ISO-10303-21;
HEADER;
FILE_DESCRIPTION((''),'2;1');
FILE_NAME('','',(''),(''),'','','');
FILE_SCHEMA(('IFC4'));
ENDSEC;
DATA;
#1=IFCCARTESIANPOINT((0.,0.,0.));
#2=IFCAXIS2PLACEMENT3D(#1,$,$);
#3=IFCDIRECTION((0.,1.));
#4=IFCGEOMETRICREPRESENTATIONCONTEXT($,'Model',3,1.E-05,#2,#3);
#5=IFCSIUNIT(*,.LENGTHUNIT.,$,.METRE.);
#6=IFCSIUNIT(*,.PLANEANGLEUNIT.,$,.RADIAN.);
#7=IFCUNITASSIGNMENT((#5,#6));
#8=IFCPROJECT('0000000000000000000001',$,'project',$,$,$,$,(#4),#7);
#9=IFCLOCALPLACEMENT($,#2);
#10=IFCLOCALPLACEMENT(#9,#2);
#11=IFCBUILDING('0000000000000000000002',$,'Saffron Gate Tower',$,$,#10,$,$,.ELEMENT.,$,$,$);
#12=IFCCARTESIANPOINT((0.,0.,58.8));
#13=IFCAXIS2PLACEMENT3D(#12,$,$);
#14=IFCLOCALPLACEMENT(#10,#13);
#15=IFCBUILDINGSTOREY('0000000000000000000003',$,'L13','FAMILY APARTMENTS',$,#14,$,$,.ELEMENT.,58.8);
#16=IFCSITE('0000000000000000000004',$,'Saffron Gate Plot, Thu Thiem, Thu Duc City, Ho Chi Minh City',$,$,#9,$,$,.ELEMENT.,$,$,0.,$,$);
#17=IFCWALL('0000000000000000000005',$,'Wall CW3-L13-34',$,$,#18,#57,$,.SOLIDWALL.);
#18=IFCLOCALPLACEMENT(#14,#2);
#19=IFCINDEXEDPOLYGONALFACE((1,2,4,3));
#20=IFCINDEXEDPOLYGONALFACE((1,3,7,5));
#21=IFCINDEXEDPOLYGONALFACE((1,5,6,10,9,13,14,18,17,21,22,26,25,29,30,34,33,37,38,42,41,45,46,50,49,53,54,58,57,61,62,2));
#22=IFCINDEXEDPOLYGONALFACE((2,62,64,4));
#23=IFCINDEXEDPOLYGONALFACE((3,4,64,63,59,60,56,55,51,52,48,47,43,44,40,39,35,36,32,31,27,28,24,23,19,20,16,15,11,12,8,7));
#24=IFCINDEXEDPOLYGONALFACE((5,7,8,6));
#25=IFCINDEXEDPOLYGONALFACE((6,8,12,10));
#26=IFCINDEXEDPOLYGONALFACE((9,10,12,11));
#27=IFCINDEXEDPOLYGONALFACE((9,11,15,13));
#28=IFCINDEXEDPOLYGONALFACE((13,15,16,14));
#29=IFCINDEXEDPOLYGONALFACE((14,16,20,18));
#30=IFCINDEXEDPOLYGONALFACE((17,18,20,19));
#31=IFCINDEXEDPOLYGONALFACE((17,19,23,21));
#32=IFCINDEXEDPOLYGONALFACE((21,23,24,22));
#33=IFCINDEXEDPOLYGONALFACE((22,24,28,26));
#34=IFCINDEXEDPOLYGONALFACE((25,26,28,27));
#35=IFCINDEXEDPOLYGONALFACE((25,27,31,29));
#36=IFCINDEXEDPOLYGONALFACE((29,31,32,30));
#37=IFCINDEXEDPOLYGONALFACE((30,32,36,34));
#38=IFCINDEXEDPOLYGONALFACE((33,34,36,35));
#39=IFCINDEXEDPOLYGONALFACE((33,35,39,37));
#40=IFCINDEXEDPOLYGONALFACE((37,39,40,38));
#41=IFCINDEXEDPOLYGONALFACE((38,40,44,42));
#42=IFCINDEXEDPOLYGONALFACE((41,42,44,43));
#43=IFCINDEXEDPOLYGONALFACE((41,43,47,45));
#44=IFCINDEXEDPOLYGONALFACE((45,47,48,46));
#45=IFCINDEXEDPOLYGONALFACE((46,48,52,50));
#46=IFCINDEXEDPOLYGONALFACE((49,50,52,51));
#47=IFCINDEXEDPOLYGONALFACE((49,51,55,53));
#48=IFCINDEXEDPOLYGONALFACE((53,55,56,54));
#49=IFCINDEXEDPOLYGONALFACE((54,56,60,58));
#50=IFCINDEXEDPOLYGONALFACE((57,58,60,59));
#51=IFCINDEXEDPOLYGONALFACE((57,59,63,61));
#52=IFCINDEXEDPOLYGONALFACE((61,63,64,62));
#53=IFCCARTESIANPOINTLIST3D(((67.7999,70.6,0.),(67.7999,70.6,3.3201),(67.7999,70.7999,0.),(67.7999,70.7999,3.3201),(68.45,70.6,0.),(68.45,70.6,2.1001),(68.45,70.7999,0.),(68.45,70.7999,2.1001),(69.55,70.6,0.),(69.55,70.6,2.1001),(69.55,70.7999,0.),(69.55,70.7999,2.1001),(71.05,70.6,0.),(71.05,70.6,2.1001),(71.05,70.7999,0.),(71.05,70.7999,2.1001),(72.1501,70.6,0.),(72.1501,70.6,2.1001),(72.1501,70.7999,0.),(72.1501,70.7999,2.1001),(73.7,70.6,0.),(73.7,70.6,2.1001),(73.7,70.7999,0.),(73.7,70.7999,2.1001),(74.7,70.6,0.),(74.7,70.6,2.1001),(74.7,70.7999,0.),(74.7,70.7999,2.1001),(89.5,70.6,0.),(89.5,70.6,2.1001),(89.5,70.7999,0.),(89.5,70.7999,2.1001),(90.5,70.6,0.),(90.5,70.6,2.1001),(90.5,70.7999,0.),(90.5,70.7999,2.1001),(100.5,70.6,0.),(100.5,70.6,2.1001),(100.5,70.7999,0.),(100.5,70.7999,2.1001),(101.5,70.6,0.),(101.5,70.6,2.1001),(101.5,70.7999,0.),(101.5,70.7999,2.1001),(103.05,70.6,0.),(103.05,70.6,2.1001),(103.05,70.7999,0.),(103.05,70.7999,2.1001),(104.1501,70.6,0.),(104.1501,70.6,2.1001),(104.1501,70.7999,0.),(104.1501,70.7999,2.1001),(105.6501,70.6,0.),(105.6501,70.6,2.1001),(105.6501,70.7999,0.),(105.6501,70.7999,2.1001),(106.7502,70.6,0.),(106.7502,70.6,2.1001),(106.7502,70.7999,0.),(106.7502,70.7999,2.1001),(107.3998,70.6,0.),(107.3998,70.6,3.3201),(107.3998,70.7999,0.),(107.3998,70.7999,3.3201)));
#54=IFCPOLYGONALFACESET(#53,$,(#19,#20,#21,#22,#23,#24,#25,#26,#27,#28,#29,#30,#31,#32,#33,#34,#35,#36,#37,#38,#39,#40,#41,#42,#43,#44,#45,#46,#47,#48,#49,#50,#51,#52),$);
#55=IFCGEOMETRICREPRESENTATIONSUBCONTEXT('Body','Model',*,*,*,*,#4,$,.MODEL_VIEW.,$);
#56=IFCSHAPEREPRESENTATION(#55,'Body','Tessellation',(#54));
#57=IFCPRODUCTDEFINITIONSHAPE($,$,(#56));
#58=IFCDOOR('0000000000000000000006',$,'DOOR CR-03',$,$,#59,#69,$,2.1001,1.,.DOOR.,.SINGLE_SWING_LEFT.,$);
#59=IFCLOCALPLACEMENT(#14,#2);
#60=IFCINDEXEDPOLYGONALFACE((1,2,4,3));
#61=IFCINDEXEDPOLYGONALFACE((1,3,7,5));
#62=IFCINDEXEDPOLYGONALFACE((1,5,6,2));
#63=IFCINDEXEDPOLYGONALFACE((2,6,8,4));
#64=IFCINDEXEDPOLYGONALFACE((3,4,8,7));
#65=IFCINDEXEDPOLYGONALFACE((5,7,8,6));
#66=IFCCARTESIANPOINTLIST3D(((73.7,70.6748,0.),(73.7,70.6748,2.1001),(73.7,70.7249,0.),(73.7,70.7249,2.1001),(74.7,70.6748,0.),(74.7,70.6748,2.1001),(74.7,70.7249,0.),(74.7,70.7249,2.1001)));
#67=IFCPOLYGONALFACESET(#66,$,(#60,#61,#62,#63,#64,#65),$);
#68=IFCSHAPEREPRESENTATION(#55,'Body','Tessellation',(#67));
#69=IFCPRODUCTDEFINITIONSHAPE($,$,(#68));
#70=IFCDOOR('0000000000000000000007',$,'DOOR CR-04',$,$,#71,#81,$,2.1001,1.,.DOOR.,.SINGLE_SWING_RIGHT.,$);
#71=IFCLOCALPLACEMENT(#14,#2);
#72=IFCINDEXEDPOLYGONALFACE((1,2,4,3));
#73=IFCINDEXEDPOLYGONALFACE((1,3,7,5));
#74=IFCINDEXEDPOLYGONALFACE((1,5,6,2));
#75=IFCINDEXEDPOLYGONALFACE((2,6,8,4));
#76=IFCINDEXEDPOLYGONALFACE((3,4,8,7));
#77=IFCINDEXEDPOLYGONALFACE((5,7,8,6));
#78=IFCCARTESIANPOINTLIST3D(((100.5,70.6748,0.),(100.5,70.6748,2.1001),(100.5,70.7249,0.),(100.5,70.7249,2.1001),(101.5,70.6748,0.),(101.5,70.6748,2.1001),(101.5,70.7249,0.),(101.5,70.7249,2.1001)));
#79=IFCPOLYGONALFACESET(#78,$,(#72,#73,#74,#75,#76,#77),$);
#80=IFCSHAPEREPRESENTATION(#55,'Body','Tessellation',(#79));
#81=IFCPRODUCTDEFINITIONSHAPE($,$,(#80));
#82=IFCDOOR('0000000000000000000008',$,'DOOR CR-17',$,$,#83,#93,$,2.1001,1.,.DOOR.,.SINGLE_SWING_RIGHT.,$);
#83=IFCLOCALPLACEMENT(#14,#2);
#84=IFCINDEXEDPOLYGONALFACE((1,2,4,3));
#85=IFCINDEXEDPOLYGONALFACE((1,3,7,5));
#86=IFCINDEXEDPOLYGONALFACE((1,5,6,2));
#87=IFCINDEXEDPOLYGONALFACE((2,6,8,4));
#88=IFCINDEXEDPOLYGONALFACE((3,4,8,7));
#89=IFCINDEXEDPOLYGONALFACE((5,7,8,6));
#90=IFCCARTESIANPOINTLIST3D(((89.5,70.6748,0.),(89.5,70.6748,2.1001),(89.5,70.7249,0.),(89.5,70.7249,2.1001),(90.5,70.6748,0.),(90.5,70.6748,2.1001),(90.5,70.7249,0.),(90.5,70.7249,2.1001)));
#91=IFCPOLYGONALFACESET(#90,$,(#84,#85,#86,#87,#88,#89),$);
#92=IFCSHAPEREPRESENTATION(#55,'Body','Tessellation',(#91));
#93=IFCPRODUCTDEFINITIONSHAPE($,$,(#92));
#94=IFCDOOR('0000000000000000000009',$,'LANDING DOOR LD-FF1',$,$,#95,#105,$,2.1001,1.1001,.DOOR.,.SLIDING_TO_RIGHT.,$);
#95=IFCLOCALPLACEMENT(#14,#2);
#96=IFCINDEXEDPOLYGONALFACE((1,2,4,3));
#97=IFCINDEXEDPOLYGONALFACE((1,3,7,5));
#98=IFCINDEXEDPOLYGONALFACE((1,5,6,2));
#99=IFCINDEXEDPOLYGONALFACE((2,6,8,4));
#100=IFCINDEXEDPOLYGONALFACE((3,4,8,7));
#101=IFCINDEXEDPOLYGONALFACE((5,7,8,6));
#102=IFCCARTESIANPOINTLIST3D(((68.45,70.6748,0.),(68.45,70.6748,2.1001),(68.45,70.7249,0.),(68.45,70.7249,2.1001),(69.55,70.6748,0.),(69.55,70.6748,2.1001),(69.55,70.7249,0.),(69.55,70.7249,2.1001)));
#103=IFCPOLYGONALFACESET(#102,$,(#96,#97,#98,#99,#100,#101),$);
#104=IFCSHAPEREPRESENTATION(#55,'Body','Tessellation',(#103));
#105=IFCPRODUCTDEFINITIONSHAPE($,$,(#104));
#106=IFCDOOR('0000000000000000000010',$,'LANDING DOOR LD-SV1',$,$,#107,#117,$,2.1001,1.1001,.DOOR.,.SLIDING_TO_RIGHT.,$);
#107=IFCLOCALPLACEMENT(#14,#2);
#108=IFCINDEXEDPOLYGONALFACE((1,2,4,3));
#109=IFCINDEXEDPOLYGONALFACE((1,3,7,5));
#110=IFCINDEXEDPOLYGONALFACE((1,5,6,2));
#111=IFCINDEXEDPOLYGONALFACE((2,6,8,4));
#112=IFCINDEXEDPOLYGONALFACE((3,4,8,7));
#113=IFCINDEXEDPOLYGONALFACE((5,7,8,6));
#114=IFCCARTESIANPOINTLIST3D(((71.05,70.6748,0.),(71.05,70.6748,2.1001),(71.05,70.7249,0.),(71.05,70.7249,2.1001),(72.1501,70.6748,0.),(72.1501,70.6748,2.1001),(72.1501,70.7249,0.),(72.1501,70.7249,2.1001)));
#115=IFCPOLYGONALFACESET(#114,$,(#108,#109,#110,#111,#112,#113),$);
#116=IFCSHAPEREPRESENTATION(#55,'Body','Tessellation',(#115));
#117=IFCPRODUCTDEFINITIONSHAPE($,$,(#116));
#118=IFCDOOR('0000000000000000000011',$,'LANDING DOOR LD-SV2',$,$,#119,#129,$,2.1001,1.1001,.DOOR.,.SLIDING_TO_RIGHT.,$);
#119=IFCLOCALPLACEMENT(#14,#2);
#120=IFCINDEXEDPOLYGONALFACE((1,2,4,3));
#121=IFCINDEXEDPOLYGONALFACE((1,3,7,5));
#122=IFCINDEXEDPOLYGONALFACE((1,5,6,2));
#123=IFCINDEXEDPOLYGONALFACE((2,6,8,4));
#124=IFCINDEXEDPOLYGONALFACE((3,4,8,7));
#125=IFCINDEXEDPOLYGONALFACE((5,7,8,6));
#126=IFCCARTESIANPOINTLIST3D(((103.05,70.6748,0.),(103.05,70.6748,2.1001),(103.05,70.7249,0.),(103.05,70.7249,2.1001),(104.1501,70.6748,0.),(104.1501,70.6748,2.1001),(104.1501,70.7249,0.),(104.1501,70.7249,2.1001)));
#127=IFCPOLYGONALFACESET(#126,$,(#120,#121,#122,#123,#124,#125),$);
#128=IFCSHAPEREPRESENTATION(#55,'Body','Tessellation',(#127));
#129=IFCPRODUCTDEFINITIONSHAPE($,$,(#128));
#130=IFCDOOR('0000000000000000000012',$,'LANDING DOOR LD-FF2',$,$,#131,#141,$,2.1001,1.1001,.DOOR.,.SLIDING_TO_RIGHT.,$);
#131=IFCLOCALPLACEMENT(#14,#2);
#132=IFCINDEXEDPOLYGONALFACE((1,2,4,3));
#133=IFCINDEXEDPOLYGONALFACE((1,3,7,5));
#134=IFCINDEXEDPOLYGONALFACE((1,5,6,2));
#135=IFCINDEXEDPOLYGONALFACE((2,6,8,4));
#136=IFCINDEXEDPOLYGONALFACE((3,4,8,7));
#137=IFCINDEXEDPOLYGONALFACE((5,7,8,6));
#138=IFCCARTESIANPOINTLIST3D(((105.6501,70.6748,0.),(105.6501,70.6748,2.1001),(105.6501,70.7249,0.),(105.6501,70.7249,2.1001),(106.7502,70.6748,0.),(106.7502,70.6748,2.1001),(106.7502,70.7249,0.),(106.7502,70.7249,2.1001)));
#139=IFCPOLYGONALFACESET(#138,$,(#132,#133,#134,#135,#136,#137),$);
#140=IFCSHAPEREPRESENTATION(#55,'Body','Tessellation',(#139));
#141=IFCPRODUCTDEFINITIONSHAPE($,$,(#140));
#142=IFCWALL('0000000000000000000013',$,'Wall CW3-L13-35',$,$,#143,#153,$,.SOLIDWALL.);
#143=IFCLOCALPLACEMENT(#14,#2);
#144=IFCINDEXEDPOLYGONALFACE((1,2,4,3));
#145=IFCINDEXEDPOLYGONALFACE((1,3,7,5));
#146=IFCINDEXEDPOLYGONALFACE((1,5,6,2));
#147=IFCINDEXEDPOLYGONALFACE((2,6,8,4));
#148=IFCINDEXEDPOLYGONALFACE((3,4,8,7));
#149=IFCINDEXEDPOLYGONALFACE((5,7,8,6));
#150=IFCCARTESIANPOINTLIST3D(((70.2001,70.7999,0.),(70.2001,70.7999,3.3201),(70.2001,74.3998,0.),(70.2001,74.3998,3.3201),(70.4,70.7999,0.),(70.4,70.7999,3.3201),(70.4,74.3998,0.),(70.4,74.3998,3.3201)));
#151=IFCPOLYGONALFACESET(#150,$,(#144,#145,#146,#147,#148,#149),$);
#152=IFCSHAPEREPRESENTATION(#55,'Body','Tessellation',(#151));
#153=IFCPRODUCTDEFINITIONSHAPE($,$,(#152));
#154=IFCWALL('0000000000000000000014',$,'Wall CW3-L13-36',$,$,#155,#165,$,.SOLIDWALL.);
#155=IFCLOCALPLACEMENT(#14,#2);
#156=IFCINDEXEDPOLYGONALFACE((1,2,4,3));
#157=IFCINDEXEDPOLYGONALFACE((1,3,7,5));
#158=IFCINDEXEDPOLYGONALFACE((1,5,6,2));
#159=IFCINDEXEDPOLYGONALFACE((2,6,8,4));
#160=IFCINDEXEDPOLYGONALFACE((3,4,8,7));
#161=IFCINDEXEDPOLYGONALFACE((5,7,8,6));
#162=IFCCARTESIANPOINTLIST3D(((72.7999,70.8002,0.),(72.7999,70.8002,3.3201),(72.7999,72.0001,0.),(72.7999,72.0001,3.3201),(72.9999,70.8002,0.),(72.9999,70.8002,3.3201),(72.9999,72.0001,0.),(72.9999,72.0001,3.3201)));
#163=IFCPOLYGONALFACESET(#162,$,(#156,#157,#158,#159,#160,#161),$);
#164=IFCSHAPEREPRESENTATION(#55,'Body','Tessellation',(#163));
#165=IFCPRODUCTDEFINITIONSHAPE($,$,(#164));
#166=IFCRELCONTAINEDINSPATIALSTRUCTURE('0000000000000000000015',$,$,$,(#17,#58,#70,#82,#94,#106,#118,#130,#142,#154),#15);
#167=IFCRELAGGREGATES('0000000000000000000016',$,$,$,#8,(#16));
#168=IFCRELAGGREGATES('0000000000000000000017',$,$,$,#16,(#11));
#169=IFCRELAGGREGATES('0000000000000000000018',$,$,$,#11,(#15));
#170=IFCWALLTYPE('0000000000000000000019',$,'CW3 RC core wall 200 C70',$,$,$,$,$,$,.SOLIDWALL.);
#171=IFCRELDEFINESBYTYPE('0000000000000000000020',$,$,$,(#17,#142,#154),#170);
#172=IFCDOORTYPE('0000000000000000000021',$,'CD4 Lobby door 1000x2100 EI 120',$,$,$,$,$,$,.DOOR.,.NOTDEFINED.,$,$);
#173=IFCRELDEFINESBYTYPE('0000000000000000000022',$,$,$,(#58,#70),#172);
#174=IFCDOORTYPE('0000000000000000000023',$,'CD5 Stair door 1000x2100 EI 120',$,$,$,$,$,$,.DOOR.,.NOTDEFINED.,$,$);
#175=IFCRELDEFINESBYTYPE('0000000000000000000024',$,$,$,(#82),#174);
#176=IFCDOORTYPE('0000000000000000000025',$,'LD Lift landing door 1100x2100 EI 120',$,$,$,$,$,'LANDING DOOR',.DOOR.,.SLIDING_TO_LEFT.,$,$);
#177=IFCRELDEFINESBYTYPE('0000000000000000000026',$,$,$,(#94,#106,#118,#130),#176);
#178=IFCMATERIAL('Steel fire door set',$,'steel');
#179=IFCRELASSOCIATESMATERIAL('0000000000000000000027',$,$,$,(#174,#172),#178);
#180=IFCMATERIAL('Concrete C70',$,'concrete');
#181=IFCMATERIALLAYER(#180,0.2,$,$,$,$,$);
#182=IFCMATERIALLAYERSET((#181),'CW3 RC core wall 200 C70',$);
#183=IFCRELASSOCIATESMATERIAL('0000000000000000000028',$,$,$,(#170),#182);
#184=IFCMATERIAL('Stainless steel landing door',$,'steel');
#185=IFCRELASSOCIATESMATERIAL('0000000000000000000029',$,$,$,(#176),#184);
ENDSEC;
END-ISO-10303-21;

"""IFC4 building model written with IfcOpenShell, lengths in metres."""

from ifc_helpers import new_model, si_unit, direction, frame, frame_2d, origin, place, context, subcontext, project, spatial, rectangle, extrude, material, layer, layer_set, type_object, element, fill, save


model = new_model("IFC4")

# Units and contexts
model_context = context("Model", 3, precision=1e-05, world=origin(), true_north=direction((0.0, 1.0)))
body_context = subcontext(model_context, "Body", "Model", "MODEL_VIEW")
ifc_project = project(units=[si_unit("LENGTHUNIT", "METRE"), si_unit("PLANEANGLEUNIT", "RADIAN")], contexts=[model_context])

# Site, building, storey
site_placement = place(None, origin())
site = spatial("IfcSite", under=ifc_project, at=site_placement, Name="Saffron Gate Plot, Thu Thiem, Thu Duc City, Ho Chi Minh City", CompositionType="ELEMENT", RefElevation=0.0)
building_placement = place(site_placement, origin())
building = spatial("IfcBuilding", under=site, at=building_placement, Name="Saffron Gate Tower", CompositionType="ELEMENT")
storey_placement = place(building_placement, frame((0.0, 0.0, 58.8)))
storey = spatial("IfcBuildingStorey", under=building, at=storey_placement, Name="L13", Description="FAMILY APARTMENTS", CompositionType="ELEMENT", Elevation=58.8)

# Wall, openings, doors
ifc_material_1 = material(Name="Concrete C70", Category="concrete")
ifc_material_2 = material(Name="Steel fire door set", Category="steel")
door_type_1 = type_object("IfcDoorType", Name="CD5 Stair door 1000x2100 EI 120", OperationType="NOTDEFINED", PredefinedType="DOOR", material=ifc_material_2)
ifc_layer_1 = layer(ifc_material_1, 0.2)
ifc_layer_set_1 = layer_set([ifc_layer_1], Name="CW3 RC core wall 200 C70")
wall_type_1 = type_object("IfcWallType", Name="CW3 RC core wall 200 C70", PredefinedType="SOLIDWALL", material=ifc_layer_set_1)
wall_1_placement = place(storey_placement, frame((67.8, 70.7, 0.0), z_axis=(0.0, 0.0, 1.0), x_axis=(1.0, 0.0, 0.0)))
wall_1 = element("IfcWall", 1, at=wall_1_placement, inside=storey, type_object=wall_type_1, Name="Wall CW3-L13-34", PredefinedType="SOLIDWALL", context=body_context, shape_type="SweptSolid", body=[
    extrude(rectangle(XDim=39.5999, YDim=0.2, at=frame_2d((19.7998, 0.0))), origin(), (0.0, 0.0, 1.0), 3.3201),
])
opening_1_placement = place(wall_1_placement, frame((0.6499, 0.0, 0.0)))
opening_1 = element("IfcOpeningElement", 2, at=opening_1_placement, cuts=wall_1, PredefinedType="OPENING", context=body_context, shape_type="SweptSolid", body=[
    extrude(rectangle(XDim=1.1001, YDim=2.1001, at=frame_2d((0.55, 1.05))), frame((0.0, 0.1099, 0.0), z_axis=(0.0, -1.0, 0.0), x_axis=(1.0, 0.0, 0.0)), (0.0, 0.0, 1.0), 0.22),
])
opening_2_placement = place(wall_1_placement, frame((3.25, 0.0, 0.0)))
opening_2 = element("IfcOpeningElement", 3, at=opening_2_placement, cuts=wall_1, PredefinedType="OPENING", context=body_context, shape_type="SweptSolid", body=[
    extrude(rectangle(XDim=1.1001, YDim=2.1001, at=frame_2d((0.55, 1.05))), frame((0.0, 0.1099, 0.0), z_axis=(0.0, -1.0, 0.0), x_axis=(1.0, 0.0, 0.0)), (0.0, 0.0, 1.0), 0.22),
])
opening_3_placement = place(wall_1_placement, frame((5.8999, 0.0, 0.0)))
opening_3 = element("IfcOpeningElement", 4, at=opening_3_placement, cuts=wall_1, PredefinedType="OPENING", context=body_context, shape_type="SweptSolid", body=[
    extrude(rectangle(XDim=1.0, YDim=2.1001, at=frame_2d((0.5, 1.05))), frame((0.0, 0.1099, 0.0), z_axis=(0.0, -1.0, 0.0), x_axis=(1.0, 0.0, 0.0)), (0.0, 0.0, 1.0), 0.22),
])
opening_4_placement = place(wall_1_placement, frame((21.7, 0.0, 0.0)))
opening_4 = element("IfcOpeningElement", 5, at=opening_4_placement, cuts=wall_1, PredefinedType="OPENING", context=body_context, shape_type="SweptSolid", body=[
    extrude(rectangle(XDim=1.0, YDim=2.1001, at=frame_2d((0.5, 1.05))), frame((0.0, 0.1099, 0.0), z_axis=(0.0, -1.0, 0.0), x_axis=(1.0, 0.0, 0.0)), (0.0, 0.0, 1.0), 0.22),
])
opening_5_placement = place(wall_1_placement, frame((32.7, 0.0, 0.0)))
opening_5 = element("IfcOpeningElement", 6, at=opening_5_placement, cuts=wall_1, PredefinedType="OPENING", context=body_context, shape_type="SweptSolid", body=[
    extrude(rectangle(XDim=1.0, YDim=2.1001, at=frame_2d((0.5, 1.05))), frame((0.0, 0.1099, 0.0), z_axis=(0.0, -1.0, 0.0), x_axis=(1.0, 0.0, 0.0)), (0.0, 0.0, 1.0), 0.22),
])
opening_6_placement = place(wall_1_placement, frame((35.25, 0.0, 0.0)))
opening_6 = element("IfcOpeningElement", 7, at=opening_6_placement, cuts=wall_1, PredefinedType="OPENING", context=body_context, shape_type="SweptSolid", body=[
    extrude(rectangle(XDim=1.1001, YDim=2.1001, at=frame_2d((0.55, 1.05))), frame((0.0, 0.1099, 0.0), z_axis=(0.0, -1.0, 0.0), x_axis=(1.0, 0.0, 0.0)), (0.0, 0.0, 1.0), 0.22),
])
opening_7_placement = place(wall_1_placement, frame((37.8501, 0.0, 0.0)))
opening_7 = element("IfcOpeningElement", 8, at=opening_7_placement, cuts=wall_1, PredefinedType="OPENING", context=body_context, shape_type="SweptSolid", body=[
    extrude(rectangle(XDim=1.1001, YDim=2.1001, at=frame_2d((0.55, 1.05))), frame((0.0, 0.1099, 0.0), z_axis=(0.0, -1.0, 0.0), x_axis=(1.0, 0.0, 0.0)), (0.0, 0.0, 1.0), 0.22),
])
door_type_2 = type_object("IfcDoorType", Name="CD4 Lobby door 1000x2100 EI 120", OperationType="NOTDEFINED", PredefinedType="DOOR", material=ifc_material_2)
door_1_placement = place(opening_3_placement, origin())
door_1 = element("IfcDoor", 9, at=door_1_placement, inside=storey, type_object=door_type_2, Name="DOOR CR-03", OperationType="SINGLE_SWING_LEFT", OverallHeight=2.1001, OverallWidth=1.0, PredefinedType="DOOR", context=body_context, shape_type="SweptSolid", body=[
    extrude(rectangle(XDim=1.0, YDim=2.1001, at=frame_2d((0.5, 1.05))), frame((0.0, 0.0249, 0.0), z_axis=(0.0, -1.0, 0.0), x_axis=(1.0, 0.0, 0.0)), (0.0, 0.0, 1.0), 0.05),
])
fill(opening_3, door_1)
door_2_placement = place(opening_5_placement, origin())
door_2 = element("IfcDoor", 10, at=door_2_placement, inside=storey, type_object=door_type_2, Name="DOOR CR-04", OperationType="SINGLE_SWING_RIGHT", OverallHeight=2.1001, OverallWidth=1.0, PredefinedType="DOOR", context=body_context, shape_type="SweptSolid", body=[
    extrude(rectangle(XDim=1.0, YDim=2.1001, at=frame_2d((0.5, 1.05))), frame((0.0, 0.0249, 0.0), z_axis=(0.0, -1.0, 0.0), x_axis=(1.0, 0.0, 0.0)), (0.0, 0.0, 1.0), 0.05),
])
fill(opening_5, door_2)
door_3_placement = place(opening_4_placement, origin())
door_3 = element("IfcDoor", 11, at=door_3_placement, inside=storey, type_object=door_type_1, Name="DOOR CR-17", OperationType="SINGLE_SWING_RIGHT", OverallHeight=2.1001, OverallWidth=1.0, PredefinedType="DOOR", context=body_context, shape_type="SweptSolid", body=[
    extrude(rectangle(XDim=1.0, YDim=2.1001, at=frame_2d((0.5, 1.05))), frame((0.0, 0.0249, 0.0), z_axis=(0.0, -1.0, 0.0), x_axis=(1.0, 0.0, 0.0)), (0.0, 0.0, 1.0), 0.05),
])
fill(opening_4, door_3)
ifc_material_3 = material(Name="Stainless steel landing door", Category="steel")
door_type_3 = type_object("IfcDoorType", Name="LD Lift landing door 1100x2100 EI 120", ElementType="LANDING DOOR", OperationType="SLIDING_TO_LEFT", PredefinedType="DOOR", material=ifc_material_3)
door_4_placement = place(opening_1_placement, origin())
door_4 = element("IfcDoor", 12, at=door_4_placement, inside=storey, type_object=door_type_3, Name="LANDING DOOR LD-FF1", OperationType="SLIDING_TO_RIGHT", OverallHeight=2.1001, OverallWidth=1.1001, PredefinedType="DOOR", context=body_context, shape_type="SweptSolid", body=[
    extrude(rectangle(XDim=1.1001, YDim=2.1001, at=frame_2d((0.55, 1.05))), frame((0.0, 0.0249, 0.0), z_axis=(0.0, -1.0, 0.0), x_axis=(1.0, 0.0, 0.0)), (0.0, 0.0, 1.0), 0.05),
])
fill(opening_1, door_4)
door_5_placement = place(opening_2_placement, origin())
door_5 = element("IfcDoor", 13, at=door_5_placement, inside=storey, type_object=door_type_3, Name="LANDING DOOR LD-SV1", OperationType="SLIDING_TO_RIGHT", OverallHeight=2.1001, OverallWidth=1.1001, PredefinedType="DOOR", context=body_context, shape_type="SweptSolid", body=[
    extrude(rectangle(XDim=1.1001, YDim=2.1001, at=frame_2d((0.55, 1.05))), frame((0.0, 0.0249, 0.0), z_axis=(0.0, -1.0, 0.0), x_axis=(1.0, 0.0, 0.0)), (0.0, 0.0, 1.0), 0.05),
])
fill(opening_2, door_5)
door_6_placement = place(opening_6_placement, origin())
door_6 = element("IfcDoor", 14, at=door_6_placement, inside=storey, type_object=door_type_3, Name="LANDING DOOR LD-SV2", OperationType="SLIDING_TO_RIGHT", OverallHeight=2.1001, OverallWidth=1.1001, PredefinedType="DOOR", context=body_context, shape_type="SweptSolid", body=[
    extrude(rectangle(XDim=1.1001, YDim=2.1001, at=frame_2d((0.55, 1.05))), frame((0.0, 0.0249, 0.0), z_axis=(0.0, -1.0, 0.0), x_axis=(1.0, 0.0, 0.0)), (0.0, 0.0, 1.0), 0.05),
])
fill(opening_6, door_6)
door_7_placement = place(opening_7_placement, origin())
door_7 = element("IfcDoor", 15, at=door_7_placement, inside=storey, type_object=door_type_3, Name="LANDING DOOR LD-FF2", OperationType="SLIDING_TO_RIGHT", OverallHeight=2.1001, OverallWidth=1.1001, PredefinedType="DOOR", context=body_context, shape_type="SweptSolid", body=[
    extrude(rectangle(XDim=1.1001, YDim=2.1001, at=frame_2d((0.55, 1.05))), frame((0.0, 0.0249, 0.0), z_axis=(0.0, -1.0, 0.0), x_axis=(1.0, 0.0, 0.0)), (0.0, 0.0, 1.0), 0.05),
])
fill(opening_7, door_7)

# Walls
wall_2_placement = place(storey_placement, frame((70.3, 70.8, 0.0), z_axis=(0.0, 0.0, 1.0), x_axis=(0.0, 1.0, 0.0)))
element("IfcWall", 16, at=wall_2_placement, inside=storey, type_object=wall_type_1, Name="Wall CW3-L13-35", PredefinedType="SOLIDWALL", context=body_context, shape_type="SweptSolid", body=[
    extrude(rectangle(XDim=3.5999, YDim=0.2, at=frame_2d((1.7998, 0.0))), origin(), (0.0, 0.0, 1.0), 3.3201),
])
wall_3_placement = place(storey_placement, frame((72.8999, 70.8, 0.0), z_axis=(0.0, 0.0, 1.0), x_axis=(0.0, 1.0, 0.0)))
element("IfcWall", 17, at=wall_3_placement, inside=storey, type_object=wall_type_1, Name="Wall CW3-L13-36", PredefinedType="SOLIDWALL", context=body_context, shape_type="SweptSolid", body=[
    extrude(rectangle(XDim=1.2, YDim=0.2, at=frame_2d((0.6001, 0.0))), origin(), (0.0, 0.0, 1.0), 3.3201),
])

save(model, "model.ifc")
